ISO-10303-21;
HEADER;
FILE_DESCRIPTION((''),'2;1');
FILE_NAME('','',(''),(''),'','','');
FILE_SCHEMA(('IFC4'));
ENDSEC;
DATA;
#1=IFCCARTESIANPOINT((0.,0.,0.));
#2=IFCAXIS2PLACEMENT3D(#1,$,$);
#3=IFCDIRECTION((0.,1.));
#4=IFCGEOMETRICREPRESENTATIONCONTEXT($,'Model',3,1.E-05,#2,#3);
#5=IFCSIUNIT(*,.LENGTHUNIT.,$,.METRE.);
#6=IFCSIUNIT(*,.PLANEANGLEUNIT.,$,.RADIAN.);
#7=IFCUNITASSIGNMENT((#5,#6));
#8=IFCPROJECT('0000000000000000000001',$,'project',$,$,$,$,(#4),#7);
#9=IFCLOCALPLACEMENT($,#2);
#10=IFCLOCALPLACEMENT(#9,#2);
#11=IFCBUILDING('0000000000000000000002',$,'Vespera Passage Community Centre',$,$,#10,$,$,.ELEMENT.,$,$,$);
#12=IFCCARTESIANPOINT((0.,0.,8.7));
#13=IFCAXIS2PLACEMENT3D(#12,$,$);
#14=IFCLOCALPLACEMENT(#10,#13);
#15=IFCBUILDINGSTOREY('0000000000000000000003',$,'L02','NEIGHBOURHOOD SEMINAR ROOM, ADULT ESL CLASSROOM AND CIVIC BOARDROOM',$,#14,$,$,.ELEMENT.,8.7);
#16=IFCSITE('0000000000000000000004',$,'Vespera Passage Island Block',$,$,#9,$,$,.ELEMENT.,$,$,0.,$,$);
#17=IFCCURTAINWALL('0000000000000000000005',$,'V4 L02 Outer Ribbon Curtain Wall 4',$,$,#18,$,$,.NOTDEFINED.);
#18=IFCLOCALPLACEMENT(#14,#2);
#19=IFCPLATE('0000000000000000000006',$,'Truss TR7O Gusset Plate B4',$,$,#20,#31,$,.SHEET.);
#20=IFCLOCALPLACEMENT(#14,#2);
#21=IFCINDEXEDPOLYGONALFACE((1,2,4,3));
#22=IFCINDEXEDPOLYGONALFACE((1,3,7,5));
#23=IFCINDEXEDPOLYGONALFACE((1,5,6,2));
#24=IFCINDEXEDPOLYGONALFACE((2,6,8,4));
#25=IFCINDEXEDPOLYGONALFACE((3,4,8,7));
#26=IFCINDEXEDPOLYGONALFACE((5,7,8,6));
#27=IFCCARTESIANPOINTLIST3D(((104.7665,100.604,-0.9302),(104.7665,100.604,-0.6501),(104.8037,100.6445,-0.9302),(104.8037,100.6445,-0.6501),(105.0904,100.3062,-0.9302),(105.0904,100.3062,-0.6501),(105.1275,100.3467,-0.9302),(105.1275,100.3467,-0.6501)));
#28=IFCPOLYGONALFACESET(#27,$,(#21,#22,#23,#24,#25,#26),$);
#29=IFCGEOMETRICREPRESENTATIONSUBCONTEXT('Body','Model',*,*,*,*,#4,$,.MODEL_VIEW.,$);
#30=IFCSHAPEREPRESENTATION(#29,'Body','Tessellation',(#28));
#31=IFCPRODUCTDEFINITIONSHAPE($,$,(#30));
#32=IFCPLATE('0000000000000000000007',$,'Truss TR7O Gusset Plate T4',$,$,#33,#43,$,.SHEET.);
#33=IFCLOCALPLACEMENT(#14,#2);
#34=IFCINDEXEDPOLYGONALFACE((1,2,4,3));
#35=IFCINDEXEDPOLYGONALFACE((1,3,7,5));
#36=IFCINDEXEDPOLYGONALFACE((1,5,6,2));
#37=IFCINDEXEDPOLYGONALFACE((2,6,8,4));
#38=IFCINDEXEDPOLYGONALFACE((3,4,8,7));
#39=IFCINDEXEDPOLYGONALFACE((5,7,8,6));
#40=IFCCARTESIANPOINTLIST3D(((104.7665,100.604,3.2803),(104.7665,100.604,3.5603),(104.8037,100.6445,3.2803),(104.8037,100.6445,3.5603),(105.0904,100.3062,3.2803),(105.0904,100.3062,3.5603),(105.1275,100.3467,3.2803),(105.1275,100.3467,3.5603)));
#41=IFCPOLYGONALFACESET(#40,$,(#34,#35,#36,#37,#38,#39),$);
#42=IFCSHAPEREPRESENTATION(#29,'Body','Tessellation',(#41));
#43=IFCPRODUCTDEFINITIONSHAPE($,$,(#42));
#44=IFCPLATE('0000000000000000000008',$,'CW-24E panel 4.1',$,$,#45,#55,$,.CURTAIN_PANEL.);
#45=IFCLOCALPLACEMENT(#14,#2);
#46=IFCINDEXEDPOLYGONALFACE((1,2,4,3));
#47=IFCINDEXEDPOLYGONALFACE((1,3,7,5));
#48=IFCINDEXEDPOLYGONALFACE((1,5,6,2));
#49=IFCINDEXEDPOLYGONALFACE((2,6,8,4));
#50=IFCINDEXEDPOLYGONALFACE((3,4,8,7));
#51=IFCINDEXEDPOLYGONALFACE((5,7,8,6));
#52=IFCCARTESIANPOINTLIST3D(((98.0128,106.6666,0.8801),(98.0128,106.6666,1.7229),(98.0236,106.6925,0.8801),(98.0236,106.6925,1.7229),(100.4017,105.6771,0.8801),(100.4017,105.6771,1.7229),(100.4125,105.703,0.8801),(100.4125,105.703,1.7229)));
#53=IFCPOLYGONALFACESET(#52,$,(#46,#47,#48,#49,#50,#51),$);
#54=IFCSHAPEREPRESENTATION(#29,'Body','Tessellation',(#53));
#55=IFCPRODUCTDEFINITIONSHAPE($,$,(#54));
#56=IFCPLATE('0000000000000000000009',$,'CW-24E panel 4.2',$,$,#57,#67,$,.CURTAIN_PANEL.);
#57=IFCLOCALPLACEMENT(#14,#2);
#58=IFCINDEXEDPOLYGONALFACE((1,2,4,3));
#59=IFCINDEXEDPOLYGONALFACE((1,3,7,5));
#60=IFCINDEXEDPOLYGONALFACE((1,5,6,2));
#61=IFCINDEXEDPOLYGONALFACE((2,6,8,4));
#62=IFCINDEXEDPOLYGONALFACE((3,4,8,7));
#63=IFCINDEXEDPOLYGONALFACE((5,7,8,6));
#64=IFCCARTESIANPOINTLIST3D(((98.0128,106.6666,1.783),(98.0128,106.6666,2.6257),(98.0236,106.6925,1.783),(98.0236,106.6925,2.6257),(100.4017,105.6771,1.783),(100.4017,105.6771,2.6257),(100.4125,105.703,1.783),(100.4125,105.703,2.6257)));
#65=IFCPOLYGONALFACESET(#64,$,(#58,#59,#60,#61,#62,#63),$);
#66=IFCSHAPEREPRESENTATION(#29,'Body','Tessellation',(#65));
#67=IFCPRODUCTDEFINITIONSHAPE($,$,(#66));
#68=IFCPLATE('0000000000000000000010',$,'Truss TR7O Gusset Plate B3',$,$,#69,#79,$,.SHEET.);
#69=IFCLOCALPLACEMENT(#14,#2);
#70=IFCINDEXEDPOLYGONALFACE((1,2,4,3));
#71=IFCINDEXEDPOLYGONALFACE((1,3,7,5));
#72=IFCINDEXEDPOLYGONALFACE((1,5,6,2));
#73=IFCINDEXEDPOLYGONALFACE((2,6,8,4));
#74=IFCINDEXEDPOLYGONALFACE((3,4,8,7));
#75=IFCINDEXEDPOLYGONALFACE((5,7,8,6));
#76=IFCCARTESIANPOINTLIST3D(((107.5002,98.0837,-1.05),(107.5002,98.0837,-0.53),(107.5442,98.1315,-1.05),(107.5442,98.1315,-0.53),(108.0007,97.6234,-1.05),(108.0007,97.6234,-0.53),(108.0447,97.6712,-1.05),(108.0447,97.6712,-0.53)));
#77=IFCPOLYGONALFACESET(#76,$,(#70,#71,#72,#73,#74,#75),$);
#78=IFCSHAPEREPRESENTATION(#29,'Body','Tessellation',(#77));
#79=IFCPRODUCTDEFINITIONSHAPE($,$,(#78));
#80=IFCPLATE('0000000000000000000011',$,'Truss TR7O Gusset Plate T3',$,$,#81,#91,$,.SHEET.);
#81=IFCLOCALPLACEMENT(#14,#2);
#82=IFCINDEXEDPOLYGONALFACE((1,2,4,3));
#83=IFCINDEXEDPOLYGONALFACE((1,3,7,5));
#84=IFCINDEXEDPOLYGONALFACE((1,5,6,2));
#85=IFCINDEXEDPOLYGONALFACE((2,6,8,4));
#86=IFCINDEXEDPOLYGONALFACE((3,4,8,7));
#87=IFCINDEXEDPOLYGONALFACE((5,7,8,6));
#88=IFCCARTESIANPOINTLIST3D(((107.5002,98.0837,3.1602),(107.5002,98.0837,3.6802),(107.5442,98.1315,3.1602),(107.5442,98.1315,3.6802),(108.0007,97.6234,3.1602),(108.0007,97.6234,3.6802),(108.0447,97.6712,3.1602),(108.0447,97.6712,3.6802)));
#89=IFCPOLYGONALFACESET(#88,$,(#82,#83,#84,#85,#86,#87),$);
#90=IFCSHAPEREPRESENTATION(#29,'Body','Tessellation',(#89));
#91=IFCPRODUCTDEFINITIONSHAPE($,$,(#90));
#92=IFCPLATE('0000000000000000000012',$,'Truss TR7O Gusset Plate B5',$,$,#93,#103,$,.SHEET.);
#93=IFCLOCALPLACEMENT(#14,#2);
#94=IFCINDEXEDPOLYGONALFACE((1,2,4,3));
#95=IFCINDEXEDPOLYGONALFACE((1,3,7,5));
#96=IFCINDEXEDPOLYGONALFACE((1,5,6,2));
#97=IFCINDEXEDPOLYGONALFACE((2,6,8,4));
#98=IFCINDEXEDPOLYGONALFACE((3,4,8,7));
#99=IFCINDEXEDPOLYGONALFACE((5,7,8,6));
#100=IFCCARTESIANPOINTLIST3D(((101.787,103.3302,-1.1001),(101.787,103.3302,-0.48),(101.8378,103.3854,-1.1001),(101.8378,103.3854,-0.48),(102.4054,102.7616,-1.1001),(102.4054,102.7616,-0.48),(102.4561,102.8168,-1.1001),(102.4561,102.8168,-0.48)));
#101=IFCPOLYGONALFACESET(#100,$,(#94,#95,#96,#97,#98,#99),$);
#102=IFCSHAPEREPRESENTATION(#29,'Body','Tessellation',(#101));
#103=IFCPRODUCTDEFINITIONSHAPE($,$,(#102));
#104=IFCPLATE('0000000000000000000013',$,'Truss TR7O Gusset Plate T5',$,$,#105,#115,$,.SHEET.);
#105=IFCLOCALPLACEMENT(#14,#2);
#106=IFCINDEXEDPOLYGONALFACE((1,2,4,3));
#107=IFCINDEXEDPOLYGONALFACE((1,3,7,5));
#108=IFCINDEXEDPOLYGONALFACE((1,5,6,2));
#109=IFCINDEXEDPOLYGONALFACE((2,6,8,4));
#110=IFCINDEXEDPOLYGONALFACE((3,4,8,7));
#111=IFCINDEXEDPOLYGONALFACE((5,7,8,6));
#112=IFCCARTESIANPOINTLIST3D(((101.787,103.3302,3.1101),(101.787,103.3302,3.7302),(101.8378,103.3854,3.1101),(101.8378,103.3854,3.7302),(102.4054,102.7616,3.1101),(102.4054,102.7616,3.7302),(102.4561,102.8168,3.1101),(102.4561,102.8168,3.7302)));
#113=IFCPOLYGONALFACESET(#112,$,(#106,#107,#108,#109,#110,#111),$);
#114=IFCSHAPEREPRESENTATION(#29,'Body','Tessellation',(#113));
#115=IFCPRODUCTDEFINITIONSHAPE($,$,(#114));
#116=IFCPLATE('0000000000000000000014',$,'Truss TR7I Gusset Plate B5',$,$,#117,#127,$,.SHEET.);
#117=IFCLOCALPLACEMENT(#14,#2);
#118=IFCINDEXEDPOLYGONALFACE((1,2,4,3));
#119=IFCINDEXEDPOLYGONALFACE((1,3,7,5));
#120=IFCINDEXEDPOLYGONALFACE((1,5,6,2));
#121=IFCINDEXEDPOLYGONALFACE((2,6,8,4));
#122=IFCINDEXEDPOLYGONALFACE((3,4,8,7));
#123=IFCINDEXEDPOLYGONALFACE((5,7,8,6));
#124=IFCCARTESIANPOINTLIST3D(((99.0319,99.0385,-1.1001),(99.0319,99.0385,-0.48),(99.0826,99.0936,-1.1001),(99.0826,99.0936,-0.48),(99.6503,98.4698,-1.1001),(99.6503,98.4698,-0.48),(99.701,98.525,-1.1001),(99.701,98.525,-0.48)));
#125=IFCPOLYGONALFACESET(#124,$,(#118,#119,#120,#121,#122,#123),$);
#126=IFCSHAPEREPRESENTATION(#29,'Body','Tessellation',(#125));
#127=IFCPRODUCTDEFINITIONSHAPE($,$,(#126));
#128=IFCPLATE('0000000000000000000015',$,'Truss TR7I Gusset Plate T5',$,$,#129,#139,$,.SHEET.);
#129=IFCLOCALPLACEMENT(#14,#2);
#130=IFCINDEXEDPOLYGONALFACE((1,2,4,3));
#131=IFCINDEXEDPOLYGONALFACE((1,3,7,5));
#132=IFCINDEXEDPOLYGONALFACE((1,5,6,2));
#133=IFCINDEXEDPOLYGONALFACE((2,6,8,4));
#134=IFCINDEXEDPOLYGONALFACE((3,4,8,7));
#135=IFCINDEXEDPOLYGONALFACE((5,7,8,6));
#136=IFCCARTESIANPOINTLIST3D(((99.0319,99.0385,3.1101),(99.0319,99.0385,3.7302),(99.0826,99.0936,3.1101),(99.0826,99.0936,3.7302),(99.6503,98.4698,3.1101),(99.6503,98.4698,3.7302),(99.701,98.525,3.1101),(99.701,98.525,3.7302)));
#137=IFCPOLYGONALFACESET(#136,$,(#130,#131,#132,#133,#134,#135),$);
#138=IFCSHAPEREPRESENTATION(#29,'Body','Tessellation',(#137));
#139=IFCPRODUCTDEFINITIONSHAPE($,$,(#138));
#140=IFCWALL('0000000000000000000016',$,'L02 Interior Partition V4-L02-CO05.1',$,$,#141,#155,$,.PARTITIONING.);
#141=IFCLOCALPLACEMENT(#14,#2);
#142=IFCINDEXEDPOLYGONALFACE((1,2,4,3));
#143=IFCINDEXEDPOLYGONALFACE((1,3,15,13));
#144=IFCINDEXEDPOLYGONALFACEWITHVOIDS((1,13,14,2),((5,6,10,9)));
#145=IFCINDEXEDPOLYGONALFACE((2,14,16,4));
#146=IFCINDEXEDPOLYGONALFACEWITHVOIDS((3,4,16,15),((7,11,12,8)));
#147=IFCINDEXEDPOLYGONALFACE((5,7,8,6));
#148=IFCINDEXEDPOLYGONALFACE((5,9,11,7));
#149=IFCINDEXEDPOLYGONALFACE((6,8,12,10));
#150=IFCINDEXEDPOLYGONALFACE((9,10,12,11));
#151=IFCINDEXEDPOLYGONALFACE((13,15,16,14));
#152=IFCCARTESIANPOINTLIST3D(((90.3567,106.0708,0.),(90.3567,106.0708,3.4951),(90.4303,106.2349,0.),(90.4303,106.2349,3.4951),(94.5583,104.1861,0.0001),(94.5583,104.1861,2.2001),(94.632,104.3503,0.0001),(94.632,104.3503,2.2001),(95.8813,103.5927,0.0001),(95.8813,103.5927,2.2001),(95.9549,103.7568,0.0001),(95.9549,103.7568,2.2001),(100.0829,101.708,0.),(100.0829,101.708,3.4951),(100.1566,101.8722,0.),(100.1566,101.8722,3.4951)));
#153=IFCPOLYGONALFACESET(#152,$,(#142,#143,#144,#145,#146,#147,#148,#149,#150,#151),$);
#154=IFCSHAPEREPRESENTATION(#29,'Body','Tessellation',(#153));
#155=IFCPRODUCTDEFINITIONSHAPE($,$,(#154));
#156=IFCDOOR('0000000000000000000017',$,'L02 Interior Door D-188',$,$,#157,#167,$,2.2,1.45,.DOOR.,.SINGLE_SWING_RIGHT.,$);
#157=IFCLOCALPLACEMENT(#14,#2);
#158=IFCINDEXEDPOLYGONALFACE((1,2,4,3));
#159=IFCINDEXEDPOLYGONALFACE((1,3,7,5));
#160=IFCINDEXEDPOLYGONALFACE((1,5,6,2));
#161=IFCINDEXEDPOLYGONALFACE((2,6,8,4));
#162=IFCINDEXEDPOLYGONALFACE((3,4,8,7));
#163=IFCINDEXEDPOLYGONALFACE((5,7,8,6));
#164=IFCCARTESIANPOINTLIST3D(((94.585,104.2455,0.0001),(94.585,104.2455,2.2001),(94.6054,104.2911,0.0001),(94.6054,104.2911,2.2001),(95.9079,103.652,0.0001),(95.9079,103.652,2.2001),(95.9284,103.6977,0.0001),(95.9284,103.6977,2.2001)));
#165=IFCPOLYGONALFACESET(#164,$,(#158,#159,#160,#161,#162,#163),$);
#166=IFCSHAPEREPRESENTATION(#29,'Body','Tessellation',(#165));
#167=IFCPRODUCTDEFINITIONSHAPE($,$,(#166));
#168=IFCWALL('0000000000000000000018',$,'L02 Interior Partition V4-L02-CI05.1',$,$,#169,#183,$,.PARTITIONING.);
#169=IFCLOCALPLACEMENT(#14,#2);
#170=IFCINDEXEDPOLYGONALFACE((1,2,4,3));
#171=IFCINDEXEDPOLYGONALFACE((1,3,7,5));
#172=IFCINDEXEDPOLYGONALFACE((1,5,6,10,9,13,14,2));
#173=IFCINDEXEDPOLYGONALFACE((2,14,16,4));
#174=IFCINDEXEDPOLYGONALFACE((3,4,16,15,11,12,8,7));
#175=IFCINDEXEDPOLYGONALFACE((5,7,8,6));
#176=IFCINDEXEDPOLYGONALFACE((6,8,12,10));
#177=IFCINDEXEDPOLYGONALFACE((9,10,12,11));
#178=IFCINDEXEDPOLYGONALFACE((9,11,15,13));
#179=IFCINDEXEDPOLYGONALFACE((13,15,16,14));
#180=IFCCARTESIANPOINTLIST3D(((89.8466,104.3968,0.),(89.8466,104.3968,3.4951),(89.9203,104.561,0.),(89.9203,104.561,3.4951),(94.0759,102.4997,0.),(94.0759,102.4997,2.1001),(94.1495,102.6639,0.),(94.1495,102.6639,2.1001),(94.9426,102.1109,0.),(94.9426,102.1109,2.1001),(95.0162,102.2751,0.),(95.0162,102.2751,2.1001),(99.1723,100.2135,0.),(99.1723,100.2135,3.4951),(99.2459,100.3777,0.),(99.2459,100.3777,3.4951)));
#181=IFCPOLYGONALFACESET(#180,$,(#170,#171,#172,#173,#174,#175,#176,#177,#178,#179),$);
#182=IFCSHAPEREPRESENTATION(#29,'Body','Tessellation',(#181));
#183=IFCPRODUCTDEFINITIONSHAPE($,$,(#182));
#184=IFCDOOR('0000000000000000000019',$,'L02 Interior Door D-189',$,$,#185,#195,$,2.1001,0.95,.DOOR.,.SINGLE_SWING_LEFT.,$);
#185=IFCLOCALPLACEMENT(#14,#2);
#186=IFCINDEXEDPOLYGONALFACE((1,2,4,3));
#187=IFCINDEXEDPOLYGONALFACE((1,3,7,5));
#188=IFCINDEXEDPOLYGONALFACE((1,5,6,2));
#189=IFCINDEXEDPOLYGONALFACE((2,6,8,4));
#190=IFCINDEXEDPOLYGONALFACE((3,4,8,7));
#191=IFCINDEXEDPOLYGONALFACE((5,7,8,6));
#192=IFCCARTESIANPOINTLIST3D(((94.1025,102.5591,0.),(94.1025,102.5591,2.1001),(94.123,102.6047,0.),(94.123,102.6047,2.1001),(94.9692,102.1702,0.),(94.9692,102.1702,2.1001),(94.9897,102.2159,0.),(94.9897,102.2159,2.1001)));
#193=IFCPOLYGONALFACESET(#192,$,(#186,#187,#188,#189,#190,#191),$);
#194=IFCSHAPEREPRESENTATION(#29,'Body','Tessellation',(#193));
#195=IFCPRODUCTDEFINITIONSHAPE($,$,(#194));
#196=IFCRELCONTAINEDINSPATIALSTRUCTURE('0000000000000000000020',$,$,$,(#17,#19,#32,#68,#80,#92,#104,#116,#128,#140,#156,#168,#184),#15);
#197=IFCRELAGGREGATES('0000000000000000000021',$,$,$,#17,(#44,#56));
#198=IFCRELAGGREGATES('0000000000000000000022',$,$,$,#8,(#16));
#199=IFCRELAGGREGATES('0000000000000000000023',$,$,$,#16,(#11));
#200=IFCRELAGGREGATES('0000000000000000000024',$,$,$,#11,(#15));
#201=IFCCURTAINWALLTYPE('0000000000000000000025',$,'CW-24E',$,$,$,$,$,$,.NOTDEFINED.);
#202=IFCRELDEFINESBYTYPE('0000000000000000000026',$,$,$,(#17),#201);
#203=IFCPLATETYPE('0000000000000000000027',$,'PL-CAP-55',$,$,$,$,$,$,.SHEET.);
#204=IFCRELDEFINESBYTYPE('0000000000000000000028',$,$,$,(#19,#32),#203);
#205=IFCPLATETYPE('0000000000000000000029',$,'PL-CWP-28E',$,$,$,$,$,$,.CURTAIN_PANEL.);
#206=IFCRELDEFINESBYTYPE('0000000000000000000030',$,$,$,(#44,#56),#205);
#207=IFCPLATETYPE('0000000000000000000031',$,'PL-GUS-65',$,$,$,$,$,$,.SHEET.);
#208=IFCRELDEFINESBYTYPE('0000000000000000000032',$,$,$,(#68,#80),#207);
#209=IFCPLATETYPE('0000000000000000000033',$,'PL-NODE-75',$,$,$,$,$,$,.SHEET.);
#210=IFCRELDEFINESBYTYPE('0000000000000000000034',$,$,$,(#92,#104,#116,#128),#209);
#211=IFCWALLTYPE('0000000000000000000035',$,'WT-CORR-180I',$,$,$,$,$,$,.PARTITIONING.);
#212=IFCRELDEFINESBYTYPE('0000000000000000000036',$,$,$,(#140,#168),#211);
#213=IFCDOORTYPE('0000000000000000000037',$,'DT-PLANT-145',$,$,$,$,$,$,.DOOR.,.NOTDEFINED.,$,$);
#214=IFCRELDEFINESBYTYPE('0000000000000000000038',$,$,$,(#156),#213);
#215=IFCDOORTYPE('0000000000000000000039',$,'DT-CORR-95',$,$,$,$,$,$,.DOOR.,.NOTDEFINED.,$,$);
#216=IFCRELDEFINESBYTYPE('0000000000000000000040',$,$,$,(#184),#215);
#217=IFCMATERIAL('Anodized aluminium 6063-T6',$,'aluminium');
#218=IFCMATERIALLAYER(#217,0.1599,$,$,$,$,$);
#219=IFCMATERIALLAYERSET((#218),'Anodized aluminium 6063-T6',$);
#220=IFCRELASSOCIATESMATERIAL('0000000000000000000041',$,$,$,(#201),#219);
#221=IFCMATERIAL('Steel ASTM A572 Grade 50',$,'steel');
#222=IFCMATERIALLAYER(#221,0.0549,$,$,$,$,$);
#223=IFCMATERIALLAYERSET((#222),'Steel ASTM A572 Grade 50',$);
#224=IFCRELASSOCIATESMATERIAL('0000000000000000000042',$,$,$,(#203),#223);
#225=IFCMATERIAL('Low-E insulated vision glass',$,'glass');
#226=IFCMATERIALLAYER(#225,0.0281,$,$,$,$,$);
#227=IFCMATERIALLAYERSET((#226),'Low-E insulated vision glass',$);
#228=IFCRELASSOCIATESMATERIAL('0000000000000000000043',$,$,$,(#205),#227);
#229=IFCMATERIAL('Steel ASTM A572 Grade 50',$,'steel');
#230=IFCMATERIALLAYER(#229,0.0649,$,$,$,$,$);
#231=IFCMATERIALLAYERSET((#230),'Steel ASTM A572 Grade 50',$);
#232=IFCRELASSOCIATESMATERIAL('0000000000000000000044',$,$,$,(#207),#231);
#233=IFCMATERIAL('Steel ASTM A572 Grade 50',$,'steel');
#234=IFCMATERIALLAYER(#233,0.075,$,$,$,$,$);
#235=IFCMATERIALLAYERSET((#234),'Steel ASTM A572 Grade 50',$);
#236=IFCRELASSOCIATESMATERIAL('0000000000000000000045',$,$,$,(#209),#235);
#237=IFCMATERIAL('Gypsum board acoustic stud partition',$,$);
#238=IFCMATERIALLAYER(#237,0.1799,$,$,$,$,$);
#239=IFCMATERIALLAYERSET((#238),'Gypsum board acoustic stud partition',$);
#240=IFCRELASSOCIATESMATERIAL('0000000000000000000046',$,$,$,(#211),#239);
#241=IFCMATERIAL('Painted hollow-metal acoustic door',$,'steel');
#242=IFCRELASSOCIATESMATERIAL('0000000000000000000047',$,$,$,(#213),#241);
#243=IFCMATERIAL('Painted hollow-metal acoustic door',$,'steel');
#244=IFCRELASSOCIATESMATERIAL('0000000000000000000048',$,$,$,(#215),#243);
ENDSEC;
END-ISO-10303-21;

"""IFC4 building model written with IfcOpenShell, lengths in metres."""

from ifc_helpers import new_model, si_unit, direction, frame, frame_2d, origin, origin_2d, place, context, subcontext, project, spatial, rectangle, extrude, material, layer, layer_set, type_object, element, fill, aggregate, save


model = new_model("IFC4")

# Units and contexts
model_context = context("Model", 3, precision=1e-05, world=origin(), true_north=direction((0.0, 1.0)))
body_context = subcontext(model_context, "Body", "Model", "MODEL_VIEW")
ifc_project = project(units=[si_unit("LENGTHUNIT", "METRE"), si_unit("PLANEANGLEUNIT", "RADIAN")], contexts=[model_context])

# Site, building, storey
site_placement = place(None, origin())
site = spatial("IfcSite", under=ifc_project, at=site_placement, Name="Vespera Passage Island Block", CompositionType="ELEMENT", RefElevation=0.0)
building_placement = place(site_placement, origin())
building = spatial("IfcBuilding", under=site, at=building_placement, Name="Vespera Passage Community Centre", CompositionType="ELEMENT")
storey_placement = place(building_placement, frame((0.0, 0.0, 8.7)))
storey = spatial("IfcBuildingStorey", under=building, at=storey_placement, Name="L02", Description="NEIGHBOURHOOD SEMINAR ROOM, ADULT ESL CLASSROOM AND CIVIC BOARDROOM", CompositionType="ELEMENT", Elevation=8.7)

# Curtain wall
ifc_material_1 = material(Name="Anodized aluminium 6063-T6", Category="aluminium")
ifc_layer_1 = layer(ifc_material_1, 0.1599)
ifc_layer_set_1 = layer_set([ifc_layer_1], Name="Anodized aluminium 6063-T6")
curtain_wall_type = type_object("IfcCurtainWallType", Name="CW-24E", PredefinedType="NOTDEFINED", material=ifc_layer_set_1)
curtain_wall_placement = place(storey_placement, origin())
curtain_wall = element("IfcCurtainWall", 1, at=curtain_wall_placement, inside=storey, type_object=curtain_wall_type, Name="V4 L02 Outer Ribbon Curtain Wall 4", PredefinedType="NOTDEFINED")

# Plates
ifc_material_2 = material(Name="Steel ASTM A572 Grade 50", Category="steel")
ifc_layer_2 = layer(ifc_material_2, 0.0549)
ifc_layer_set_2 = layer_set([ifc_layer_2], Name="Steel ASTM A572 Grade 50")
plate_type_1 = type_object("IfcPlateType", Name="PL-CAP-55", PredefinedType="SHEET", material=ifc_layer_set_2)
for number, where, z_axis, x_axis, name in (
    (2, (104.947, 100.4753, -0.9302), (0.0, 0.0, 1.0), (-0.736097, 0.676876, 0.0), "Truss TR7O Gusset Plate B4"),
    (3, (104.947, 100.4753, 3.2803), (0.0, 0.0, 1.0), (-0.736097, 0.676876, 0.0), "Truss TR7O Gusset Plate T4"),
):
    element("IfcPlate", number, at=place(storey_placement, frame(where, z_axis=z_axis, x_axis=x_axis)), inside=storey, type_object=plate_type_1, Name=name, PredefinedType="SHEET", context=body_context, shape_type="SweptSolid", body=[
        extrude(rectangle(XDim=0.4399, YDim=0.0549, at=origin_2d()), origin(), (0.0, 0.0, 1.0), 0.28),
    ])

# Plates
ifc_material_3 = material(Name="Low-E insulated vision glass", Category="glass")
ifc_layer_3 = layer(ifc_material_3, 0.0281)
ifc_layer_set_3 = layer_set([ifc_layer_3], Name="Low-E insulated vision glass")
plate_type_2 = type_object("IfcPlateType", Name="PL-CWP-28E", PredefinedType="CURTAIN_PANEL", material=ifc_layer_set_3)
plate_1_placement = place(storey_placement, frame((99.2126, 106.1848, 0.8801), z_axis=(0.0, 0.0, 1.0), x_axis=(0.92388, -0.382683, 0.0)))
plate_1 = element("IfcPlate", 4, at=plate_1_placement, type_object=plate_type_2, Name="CW-24E panel 4.1", PredefinedType="CURTAIN_PANEL", context=body_context, shape_type="SweptSolid", body=[
    extrude(rectangle(XDim=2.5857, YDim=0.0281, at=origin_2d()), origin(), (0.0, 0.0, 1.0), 0.8428),
])
plate_2_placement = place(storey_placement, frame((99.2126, 106.1848, 1.783), z_axis=(0.0, 0.0, 1.0), x_axis=(0.92388, -0.382683, 0.0)))
plate_2 = element("IfcPlate", 5, at=plate_2_placement, type_object=plate_type_2, Name="CW-24E panel 4.2", PredefinedType="CURTAIN_PANEL", context=body_context, shape_type="SweptSolid", body=[
    extrude(rectangle(XDim=2.5857, YDim=0.0281, at=origin_2d()), origin(), (0.0, 0.0, 1.0), 0.8428),
])
aggregate(curtain_wall, [plate_1, plate_2])

# Plates
ifc_material_4 = material(Name="Steel ASTM A572 Grade 50", Category="steel")
ifc_layer_4 = layer(ifc_material_4, 0.0649)
ifc_layer_set_4 = layer_set([ifc_layer_4], Name="Steel ASTM A572 Grade 50")
plate_type_3 = type_object("IfcPlateType", Name="PL-GUS-65", PredefinedType="SHEET", material=ifc_layer_set_4)
for number, where, z_axis, x_axis, name in (
    (6, (107.7725, 97.8774, -1.05), (0.0, 0.0, 1.0), (-0.736097, 0.676876, 0.0), "Truss TR7O Gusset Plate B3"),
    (7, (107.7725, 97.8774, 3.1602), (0.0, 0.0, 1.0), (-0.736097, 0.676876, 0.0), "Truss TR7O Gusset Plate T3"),
):
    element("IfcPlate", number, at=place(storey_placement, frame(where, z_axis=z_axis, x_axis=x_axis)), inside=storey, type_object=plate_type_3, Name=name, PredefinedType="SHEET", context=body_context, shape_type="SweptSolid", body=[
        extrude(rectangle(XDim=0.6799, YDim=0.0649, at=origin_2d()), origin(), (0.0, 0.0, 1.0), 0.52),
    ])
ifc_material_5 = material(Name="Steel ASTM A572 Grade 50", Category="steel")
ifc_layer_5 = layer(ifc_material_5, 0.075)
ifc_layer_set_5 = layer_set([ifc_layer_5], Name="Steel ASTM A572 Grade 50")
plate_type_4 = type_object("IfcPlateType", Name="PL-NODE-75", PredefinedType="SHEET", material=ifc_layer_set_5)
for number, where, z_axis, x_axis, name in (
    (8, (102.1216, 103.0735, -1.1001), (0.0, 0.0, 1.0), (-0.736097, 0.676876, 0.0), "Truss TR7O Gusset Plate B5"),
    (9, (102.1216, 103.0735, 3.1101), (0.0, 0.0, 1.0), (-0.736097, 0.676876, 0.0), "Truss TR7O Gusset Plate T5"),
    (10, (99.3665, 98.7817, -1.1001), (0.0, 0.0, 1.0), (-0.736097, 0.676876, 0.0), "Truss TR7I Gusset Plate B5"),
    (11, (99.3665, 98.7817, 3.1101), (0.0, 0.0, 1.0), (-0.736097, 0.676876, 0.0), "Truss TR7I Gusset Plate T5"),
):
    element("IfcPlate", number, at=place(storey_placement, frame(where, z_axis=z_axis, x_axis=x_axis)), inside=storey, type_object=plate_type_4, Name=name, PredefinedType="SHEET", context=body_context, shape_type="SweptSolid", body=[
        extrude(rectangle(XDim=0.8401, YDim=0.075, at=origin_2d()), origin(), (0.0, 0.0, 1.0), 0.6201),
    ])

# Walls, openings, doors
ifc_material_6 = material(Name="Gypsum board acoustic stud partition")
ifc_layer_6 = layer(ifc_material_6, 0.1799)
ifc_layer_set_6 = layer_set([ifc_layer_6], Name="Gypsum board acoustic stud partition")
wall_type_1 = type_object("IfcWallType", Name="WT-CORR-180I", PredefinedType="PARTITIONING", material=ifc_layer_set_6)
wall_1_placement = place(storey_placement, frame((100.1199, 101.79, 0.0), z_axis=(0.0, 0.0, 1.0), x_axis=(-0.912414, 0.409268, 0.0)))
wall_1 = element("IfcWall", 12, at=wall_1_placement, inside=storey, type_object=wall_type_1, Name="L02 Interior Partition V4-L02-CO05.1", PredefinedType="PARTITIONING", context=body_context, shape_type="SweptSolid", body=[
    extrude(rectangle(XDim=10.6599, YDim=0.1799, at=frame_2d((5.3301, 0.0))), origin(), (0.0, 0.0, 1.0), 3.4951),
])
opening_1_placement = place(wall_1_placement, frame((4.605, 0.0, 0.0)))
opening_1 = element("IfcOpeningElement", 13, at=opening_1_placement, cuts=wall_1, PredefinedType="OPENING", context=body_context, shape_type="SweptSolid", body=[
    extrude(rectangle(XDim=1.45, YDim=2.2, at=frame_2d((0.7251, 1.1001))), frame((0.0, 0.0999, 0.0), z_axis=(0.0, -1.0, 0.0), x_axis=(1.0, 0.0, 0.0)), (0.0, 0.0, 1.0), 0.2),
])
ifc_material_7 = material(Name="Painted hollow-metal acoustic door", Category="steel")
door_type_1 = type_object("IfcDoorType", Name="DT-PLANT-145", OperationType="NOTDEFINED", PredefinedType="DOOR", material=ifc_material_7)
door_1_placement = place(opening_1_placement, origin())
door_1 = element("IfcDoor", 14, at=door_1_placement, inside=storey, type_object=door_type_1, Name="L02 Interior Door D-188", OperationType="SINGLE_SWING_RIGHT", OverallHeight=2.2, OverallWidth=1.45, PredefinedType="DOOR", context=body_context, shape_type="SweptSolid", body=[
    extrude(rectangle(XDim=1.45, YDim=2.2, at=frame_2d((0.7251, 1.1001))), frame((0.0, 0.0249, 0.0), z_axis=(0.0, -1.0, 0.0), x_axis=(1.0, 0.0, 0.0)), (0.0, 0.0, 1.0), 0.05),
])
fill(opening_1, door_1)
wall_2_placement = place(storey_placement, frame((99.209, 100.2957, 0.0), z_axis=(0.0, 0.0, 1.0), x_axis=(-0.912404, 0.40929, 0.0)))
wall_2 = element("IfcWall", 15, at=wall_2_placement, inside=storey, type_object=wall_type_1, Name="L02 Interior Partition V4-L02-CI05.1", PredefinedType="PARTITIONING", context=body_context, shape_type="SweptSolid", body=[
    extrude(rectangle(XDim=10.2209, YDim=0.1799, at=frame_2d((5.1104, 0.0))), origin(), (0.0, 0.0, 1.0), 3.4951),
])
opening_2_placement = place(wall_2_placement, frame((4.6355, 0.0, 0.0)))
opening_2 = element("IfcOpeningElement", 16, at=opening_2_placement, cuts=wall_2, PredefinedType="OPENING", context=body_context, shape_type="SweptSolid", body=[
    extrude(rectangle(XDim=0.95, YDim=2.1001, at=frame_2d((0.4751, 1.05))), frame((0.0, 0.0999, 0.0), z_axis=(0.0, -1.0, 0.0), x_axis=(1.0, 0.0, 0.0)), (0.0, 0.0, 1.0), 0.2),
])
ifc_material_8 = material(Name="Painted hollow-metal acoustic door", Category="steel")
door_type_2 = type_object("IfcDoorType", Name="DT-CORR-95", OperationType="NOTDEFINED", PredefinedType="DOOR", material=ifc_material_8)
door_2_placement = place(opening_2_placement, origin())
door_2 = element("IfcDoor", 17, at=door_2_placement, inside=storey, type_object=door_type_2, Name="L02 Interior Door D-189", OperationType="SINGLE_SWING_LEFT", OverallHeight=2.1001, OverallWidth=0.95, PredefinedType="DOOR", context=body_context, shape_type="SweptSolid", body=[
    extrude(rectangle(XDim=0.95, YDim=2.1001, at=frame_2d((0.4751, 1.05))), frame((0.0, 0.0249, 0.0), z_axis=(0.0, -1.0, 0.0), x_axis=(1.0, 0.0, 0.0)), (0.0, 0.0, 1.0), 0.05),
])
fill(opening_2, door_2)

save(model, "model.ifc")
